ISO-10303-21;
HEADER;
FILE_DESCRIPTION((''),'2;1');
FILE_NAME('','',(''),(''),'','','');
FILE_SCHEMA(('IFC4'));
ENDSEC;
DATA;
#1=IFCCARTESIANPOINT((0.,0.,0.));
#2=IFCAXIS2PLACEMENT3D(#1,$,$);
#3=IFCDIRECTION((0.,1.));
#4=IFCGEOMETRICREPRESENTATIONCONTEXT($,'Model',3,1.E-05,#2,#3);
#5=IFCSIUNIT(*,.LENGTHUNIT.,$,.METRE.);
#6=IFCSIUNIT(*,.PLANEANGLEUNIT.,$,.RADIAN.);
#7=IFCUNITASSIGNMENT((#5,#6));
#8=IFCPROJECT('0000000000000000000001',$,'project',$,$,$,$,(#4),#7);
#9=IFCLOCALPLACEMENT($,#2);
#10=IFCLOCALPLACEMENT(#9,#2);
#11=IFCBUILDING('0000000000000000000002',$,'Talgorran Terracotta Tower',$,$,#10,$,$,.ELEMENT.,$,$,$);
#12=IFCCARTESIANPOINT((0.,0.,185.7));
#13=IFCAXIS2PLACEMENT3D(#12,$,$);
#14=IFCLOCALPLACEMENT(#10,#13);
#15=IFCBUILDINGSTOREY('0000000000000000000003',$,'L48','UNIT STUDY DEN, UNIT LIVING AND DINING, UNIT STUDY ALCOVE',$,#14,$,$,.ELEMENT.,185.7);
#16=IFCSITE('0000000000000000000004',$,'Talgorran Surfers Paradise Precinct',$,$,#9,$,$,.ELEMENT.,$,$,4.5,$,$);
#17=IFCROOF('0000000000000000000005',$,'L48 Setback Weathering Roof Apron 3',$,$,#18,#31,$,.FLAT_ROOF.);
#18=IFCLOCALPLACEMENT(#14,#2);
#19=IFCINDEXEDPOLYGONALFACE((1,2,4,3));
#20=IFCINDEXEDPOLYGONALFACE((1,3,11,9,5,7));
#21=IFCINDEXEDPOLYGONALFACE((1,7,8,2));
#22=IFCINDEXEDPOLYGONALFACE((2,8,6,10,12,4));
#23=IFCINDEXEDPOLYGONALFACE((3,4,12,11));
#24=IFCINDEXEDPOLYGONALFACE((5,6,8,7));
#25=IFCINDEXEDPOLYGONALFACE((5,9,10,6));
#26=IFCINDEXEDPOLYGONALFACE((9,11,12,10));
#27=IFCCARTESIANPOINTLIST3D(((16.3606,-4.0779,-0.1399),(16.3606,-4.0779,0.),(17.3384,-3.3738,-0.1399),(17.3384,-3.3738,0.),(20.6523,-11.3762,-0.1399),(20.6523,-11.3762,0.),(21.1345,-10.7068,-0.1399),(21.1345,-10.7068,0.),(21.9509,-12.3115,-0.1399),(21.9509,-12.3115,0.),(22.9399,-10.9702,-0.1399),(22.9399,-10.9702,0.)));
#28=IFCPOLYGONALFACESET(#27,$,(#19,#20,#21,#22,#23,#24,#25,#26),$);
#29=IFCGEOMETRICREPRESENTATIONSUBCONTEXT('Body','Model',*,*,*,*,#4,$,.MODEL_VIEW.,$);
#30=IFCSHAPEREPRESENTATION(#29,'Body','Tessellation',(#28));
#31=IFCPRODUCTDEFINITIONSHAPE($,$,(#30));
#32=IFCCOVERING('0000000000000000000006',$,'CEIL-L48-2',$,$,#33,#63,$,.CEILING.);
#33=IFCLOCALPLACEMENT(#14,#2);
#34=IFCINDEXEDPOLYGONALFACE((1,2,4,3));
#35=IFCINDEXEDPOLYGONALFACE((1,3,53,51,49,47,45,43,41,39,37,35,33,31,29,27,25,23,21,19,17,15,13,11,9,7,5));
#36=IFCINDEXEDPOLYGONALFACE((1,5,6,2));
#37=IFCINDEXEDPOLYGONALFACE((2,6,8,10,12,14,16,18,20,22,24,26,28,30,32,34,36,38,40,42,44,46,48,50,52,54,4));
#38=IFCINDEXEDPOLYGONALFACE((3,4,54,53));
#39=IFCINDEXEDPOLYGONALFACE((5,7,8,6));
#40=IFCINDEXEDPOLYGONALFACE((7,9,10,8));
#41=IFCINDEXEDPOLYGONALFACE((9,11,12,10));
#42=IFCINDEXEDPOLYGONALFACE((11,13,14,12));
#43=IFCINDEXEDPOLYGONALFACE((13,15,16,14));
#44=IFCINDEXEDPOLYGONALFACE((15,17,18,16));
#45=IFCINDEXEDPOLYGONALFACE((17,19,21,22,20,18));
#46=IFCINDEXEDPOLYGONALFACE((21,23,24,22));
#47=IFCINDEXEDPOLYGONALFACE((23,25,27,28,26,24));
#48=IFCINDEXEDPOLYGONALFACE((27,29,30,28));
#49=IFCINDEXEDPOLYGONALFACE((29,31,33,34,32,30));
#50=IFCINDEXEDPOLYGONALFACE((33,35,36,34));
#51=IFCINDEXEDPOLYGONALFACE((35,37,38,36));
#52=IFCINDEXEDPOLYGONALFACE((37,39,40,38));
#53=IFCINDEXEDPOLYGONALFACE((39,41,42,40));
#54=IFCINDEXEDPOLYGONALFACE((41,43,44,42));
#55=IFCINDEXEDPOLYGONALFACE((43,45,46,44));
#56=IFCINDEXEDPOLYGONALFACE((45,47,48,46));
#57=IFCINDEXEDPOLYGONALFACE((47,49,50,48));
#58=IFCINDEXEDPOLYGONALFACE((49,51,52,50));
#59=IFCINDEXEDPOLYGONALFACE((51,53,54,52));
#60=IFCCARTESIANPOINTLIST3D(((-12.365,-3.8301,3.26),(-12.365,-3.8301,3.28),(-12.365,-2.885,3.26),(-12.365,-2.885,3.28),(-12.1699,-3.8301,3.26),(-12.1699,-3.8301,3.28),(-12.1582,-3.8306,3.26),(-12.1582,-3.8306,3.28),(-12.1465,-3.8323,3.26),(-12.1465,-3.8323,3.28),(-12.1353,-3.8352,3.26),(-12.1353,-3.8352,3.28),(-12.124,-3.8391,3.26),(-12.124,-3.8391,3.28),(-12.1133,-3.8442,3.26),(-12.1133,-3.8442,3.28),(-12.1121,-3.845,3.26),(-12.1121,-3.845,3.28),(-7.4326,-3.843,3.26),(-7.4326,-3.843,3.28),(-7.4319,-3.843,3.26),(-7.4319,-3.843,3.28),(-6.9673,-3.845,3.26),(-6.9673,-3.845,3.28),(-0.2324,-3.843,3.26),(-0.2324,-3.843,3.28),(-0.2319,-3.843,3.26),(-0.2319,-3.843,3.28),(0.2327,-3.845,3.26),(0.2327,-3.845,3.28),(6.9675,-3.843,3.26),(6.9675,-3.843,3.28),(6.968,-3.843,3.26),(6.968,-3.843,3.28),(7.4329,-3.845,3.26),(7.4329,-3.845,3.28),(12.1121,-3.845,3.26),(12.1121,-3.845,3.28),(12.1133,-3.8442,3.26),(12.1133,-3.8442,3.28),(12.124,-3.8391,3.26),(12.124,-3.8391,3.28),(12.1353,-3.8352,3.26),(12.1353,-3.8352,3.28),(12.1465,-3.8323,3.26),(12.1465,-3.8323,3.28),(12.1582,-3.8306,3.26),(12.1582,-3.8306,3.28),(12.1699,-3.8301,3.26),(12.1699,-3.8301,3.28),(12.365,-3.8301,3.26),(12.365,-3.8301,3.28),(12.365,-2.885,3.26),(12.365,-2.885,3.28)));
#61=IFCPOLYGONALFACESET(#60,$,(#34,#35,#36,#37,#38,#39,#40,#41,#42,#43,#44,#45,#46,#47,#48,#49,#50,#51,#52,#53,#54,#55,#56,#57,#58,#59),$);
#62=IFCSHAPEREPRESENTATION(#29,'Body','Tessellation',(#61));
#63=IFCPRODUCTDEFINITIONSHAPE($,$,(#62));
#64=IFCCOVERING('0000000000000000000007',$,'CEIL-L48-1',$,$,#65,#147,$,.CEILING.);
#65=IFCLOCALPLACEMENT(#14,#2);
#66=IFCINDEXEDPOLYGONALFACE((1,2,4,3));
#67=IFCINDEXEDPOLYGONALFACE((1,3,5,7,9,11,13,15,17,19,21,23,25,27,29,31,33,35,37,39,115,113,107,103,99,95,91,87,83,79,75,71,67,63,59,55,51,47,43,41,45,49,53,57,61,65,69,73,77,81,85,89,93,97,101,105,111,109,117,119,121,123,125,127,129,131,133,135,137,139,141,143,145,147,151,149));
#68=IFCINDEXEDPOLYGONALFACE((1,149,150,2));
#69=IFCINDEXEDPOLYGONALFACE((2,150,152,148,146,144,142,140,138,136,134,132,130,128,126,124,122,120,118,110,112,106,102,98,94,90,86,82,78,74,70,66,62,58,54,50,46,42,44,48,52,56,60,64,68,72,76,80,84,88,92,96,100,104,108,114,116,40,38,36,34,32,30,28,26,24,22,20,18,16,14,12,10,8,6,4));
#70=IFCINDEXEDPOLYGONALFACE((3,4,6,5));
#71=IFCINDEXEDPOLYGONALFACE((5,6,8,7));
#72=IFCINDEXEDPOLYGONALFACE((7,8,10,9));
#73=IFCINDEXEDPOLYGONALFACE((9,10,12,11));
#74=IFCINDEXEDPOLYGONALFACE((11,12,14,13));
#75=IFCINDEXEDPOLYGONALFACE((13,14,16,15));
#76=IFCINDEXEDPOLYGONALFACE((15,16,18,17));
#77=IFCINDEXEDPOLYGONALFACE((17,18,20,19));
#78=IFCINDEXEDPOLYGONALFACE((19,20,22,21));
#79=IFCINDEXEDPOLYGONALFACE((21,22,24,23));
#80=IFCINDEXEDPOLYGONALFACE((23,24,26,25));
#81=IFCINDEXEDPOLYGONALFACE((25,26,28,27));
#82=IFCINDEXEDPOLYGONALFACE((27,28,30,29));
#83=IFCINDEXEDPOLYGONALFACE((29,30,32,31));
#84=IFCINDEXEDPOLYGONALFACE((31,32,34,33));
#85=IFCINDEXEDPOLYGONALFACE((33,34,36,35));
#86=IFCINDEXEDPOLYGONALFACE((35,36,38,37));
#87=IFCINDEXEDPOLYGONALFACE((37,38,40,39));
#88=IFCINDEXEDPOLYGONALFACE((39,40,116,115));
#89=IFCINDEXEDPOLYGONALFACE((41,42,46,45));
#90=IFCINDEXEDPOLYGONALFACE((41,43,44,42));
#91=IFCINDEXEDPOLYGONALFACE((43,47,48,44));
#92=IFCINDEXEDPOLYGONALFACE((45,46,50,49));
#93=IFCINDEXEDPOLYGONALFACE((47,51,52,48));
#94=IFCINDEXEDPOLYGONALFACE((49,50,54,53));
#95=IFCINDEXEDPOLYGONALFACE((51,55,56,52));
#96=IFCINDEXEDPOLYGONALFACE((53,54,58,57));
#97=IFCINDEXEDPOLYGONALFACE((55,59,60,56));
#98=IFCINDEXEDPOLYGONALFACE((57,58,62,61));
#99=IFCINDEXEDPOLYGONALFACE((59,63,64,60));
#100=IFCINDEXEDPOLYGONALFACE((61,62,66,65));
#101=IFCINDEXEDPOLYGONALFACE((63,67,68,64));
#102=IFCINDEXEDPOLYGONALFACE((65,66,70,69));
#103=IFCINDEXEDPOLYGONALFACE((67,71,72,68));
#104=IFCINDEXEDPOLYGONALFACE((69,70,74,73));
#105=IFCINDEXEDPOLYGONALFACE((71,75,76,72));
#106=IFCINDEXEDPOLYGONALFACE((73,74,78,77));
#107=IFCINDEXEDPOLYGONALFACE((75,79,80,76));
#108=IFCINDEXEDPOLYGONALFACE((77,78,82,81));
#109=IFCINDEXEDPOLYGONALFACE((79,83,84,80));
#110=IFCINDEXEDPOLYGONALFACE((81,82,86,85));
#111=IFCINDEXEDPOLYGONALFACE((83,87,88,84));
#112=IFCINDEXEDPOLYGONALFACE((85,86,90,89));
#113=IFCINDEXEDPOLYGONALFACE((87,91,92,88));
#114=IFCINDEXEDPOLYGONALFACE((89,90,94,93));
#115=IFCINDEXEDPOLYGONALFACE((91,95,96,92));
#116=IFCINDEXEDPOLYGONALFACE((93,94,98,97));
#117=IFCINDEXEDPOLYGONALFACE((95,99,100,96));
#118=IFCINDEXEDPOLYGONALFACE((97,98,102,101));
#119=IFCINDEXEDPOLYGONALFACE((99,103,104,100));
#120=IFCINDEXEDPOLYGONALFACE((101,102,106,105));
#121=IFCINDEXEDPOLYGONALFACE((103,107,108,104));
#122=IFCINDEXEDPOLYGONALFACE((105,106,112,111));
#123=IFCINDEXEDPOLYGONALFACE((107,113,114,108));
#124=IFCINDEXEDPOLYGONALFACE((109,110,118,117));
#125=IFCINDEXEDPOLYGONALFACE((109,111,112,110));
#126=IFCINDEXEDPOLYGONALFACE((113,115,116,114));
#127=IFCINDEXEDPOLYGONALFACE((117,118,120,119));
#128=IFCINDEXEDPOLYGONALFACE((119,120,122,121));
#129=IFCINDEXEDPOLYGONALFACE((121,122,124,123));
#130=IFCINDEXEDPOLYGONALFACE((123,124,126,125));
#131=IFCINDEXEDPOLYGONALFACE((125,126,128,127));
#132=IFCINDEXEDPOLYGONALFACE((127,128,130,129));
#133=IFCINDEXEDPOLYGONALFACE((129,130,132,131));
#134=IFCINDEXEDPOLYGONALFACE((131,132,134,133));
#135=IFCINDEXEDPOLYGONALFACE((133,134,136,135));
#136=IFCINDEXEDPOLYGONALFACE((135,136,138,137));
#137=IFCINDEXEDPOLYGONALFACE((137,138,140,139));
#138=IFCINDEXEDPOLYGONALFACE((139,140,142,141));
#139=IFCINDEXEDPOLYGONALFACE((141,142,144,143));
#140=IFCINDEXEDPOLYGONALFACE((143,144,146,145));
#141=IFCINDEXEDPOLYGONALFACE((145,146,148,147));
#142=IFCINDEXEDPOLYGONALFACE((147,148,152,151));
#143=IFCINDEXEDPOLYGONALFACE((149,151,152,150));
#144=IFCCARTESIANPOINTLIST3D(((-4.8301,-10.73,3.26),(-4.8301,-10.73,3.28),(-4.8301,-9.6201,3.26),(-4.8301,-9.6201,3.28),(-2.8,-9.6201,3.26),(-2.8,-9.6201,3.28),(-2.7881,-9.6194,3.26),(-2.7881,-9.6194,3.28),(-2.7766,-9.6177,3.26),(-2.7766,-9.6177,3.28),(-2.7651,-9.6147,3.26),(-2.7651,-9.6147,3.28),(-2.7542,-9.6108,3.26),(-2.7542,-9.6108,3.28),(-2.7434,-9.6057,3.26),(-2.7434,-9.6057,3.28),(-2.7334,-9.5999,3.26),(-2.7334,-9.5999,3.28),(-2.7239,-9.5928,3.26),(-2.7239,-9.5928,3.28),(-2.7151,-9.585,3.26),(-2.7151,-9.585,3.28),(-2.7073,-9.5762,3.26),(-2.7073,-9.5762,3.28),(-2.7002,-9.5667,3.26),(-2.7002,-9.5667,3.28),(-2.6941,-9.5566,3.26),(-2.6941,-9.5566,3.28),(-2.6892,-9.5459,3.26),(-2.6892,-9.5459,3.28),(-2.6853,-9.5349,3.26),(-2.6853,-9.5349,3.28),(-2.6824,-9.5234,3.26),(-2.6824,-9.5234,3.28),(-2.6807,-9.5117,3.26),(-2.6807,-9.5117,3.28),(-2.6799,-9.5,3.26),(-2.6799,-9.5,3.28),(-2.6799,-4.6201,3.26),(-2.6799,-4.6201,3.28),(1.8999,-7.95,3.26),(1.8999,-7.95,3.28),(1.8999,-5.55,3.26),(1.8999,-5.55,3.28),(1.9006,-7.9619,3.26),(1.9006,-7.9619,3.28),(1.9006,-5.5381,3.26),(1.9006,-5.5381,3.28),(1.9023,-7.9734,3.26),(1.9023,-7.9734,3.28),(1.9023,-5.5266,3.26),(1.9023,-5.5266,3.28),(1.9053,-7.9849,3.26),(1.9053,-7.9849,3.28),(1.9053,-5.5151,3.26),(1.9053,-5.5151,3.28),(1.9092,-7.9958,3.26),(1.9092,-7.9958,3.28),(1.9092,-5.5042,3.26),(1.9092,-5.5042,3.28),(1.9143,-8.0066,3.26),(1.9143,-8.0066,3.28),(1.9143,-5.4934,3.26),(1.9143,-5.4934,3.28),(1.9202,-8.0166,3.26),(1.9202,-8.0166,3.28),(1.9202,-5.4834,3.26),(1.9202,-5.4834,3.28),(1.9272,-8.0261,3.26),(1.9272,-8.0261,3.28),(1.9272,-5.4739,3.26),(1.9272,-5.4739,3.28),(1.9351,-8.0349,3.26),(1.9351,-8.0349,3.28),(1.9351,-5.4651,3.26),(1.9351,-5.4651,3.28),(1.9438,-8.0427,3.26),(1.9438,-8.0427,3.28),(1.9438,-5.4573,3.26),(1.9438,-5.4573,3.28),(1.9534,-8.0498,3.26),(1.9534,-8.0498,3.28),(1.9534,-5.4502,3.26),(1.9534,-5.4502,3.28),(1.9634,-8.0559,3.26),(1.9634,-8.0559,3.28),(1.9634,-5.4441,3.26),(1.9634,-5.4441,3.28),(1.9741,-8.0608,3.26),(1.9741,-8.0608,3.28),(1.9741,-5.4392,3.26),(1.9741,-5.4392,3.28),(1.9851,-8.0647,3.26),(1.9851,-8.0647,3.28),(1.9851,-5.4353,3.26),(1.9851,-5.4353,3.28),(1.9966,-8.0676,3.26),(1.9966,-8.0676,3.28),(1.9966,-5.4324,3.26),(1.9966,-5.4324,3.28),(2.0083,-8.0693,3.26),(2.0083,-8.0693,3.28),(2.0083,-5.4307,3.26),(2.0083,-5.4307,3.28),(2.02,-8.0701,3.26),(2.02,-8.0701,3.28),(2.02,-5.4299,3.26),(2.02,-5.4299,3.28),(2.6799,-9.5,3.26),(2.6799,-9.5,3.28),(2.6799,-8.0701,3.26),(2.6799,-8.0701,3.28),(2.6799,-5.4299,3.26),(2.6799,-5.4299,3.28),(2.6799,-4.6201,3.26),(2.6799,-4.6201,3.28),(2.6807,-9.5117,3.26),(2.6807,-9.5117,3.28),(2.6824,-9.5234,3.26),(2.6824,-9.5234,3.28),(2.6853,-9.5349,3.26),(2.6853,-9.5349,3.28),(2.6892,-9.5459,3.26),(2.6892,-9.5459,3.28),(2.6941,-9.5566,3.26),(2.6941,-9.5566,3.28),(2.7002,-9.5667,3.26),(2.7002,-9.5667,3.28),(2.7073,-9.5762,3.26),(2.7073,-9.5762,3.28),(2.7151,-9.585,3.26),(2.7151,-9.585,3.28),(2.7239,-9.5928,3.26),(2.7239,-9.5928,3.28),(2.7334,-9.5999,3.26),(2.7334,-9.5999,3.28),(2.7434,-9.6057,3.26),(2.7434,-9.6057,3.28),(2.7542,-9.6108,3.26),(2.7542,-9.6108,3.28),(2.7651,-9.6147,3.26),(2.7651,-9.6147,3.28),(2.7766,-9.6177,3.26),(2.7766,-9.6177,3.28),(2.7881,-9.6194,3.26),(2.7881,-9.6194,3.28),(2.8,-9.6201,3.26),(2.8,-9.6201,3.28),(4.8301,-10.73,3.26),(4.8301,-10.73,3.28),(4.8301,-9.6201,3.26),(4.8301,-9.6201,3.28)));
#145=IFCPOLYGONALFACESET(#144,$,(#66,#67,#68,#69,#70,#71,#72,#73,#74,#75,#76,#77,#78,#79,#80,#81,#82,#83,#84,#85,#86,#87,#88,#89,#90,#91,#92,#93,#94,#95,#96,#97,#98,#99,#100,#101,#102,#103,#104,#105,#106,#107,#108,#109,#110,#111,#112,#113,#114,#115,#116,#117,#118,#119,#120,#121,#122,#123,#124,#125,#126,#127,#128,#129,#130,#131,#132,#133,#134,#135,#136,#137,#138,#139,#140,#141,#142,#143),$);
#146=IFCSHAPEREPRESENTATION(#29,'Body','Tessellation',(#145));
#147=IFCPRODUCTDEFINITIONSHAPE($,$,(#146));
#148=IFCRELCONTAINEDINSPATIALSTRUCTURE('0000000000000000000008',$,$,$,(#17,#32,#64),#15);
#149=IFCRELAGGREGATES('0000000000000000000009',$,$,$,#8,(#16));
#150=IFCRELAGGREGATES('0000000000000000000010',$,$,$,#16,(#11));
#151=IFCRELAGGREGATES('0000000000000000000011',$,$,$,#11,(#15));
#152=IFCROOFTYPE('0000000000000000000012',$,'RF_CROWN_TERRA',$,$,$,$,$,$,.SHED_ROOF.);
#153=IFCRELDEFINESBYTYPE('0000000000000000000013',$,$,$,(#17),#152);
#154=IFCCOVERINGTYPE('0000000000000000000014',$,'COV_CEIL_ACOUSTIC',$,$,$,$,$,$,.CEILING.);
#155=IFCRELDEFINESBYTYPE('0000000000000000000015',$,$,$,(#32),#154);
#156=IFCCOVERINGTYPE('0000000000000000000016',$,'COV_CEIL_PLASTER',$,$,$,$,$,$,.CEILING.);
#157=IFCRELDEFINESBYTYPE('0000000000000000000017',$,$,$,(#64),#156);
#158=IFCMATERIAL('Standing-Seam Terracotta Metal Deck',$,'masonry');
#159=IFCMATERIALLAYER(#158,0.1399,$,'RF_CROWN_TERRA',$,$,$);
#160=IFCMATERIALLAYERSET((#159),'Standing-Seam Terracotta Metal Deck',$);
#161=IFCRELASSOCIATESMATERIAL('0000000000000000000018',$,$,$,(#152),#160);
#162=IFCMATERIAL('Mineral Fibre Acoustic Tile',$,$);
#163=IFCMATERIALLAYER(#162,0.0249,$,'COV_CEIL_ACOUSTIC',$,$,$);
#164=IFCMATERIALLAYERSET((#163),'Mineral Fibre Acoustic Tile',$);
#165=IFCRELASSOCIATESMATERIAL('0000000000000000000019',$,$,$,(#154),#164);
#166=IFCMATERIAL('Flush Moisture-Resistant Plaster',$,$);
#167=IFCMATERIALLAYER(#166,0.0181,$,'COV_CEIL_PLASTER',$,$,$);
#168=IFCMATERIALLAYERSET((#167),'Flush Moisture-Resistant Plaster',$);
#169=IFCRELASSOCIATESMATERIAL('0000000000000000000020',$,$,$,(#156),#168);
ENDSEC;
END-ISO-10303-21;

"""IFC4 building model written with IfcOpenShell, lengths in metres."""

from ifc_helpers import new_model, si_unit, direction, frame, origin, place, context, subcontext, project, spatial, polyline, outline, extrude, material, layer, layer_set, type_object, element, save


model = new_model("IFC4")

# Units and contexts
model_context = context("Model", 3, precision=1e-05, world=origin(), true_north=direction((0.0, 1.0)))
body_context = subcontext(model_context, "Body", "Model", "MODEL_VIEW")
ifc_project = project(units=[si_unit("LENGTHUNIT", "METRE"), si_unit("PLANEANGLEUNIT", "RADIAN")], contexts=[model_context])

# Site, building, storey
site_placement = place(None, origin())
site = spatial("IfcSite", under=ifc_project, at=site_placement, Name="Talgorran Surfers Paradise Precinct", CompositionType="ELEMENT", RefElevation=4.5)
building_placement = place(site_placement, origin())
building = spatial("IfcBuilding", under=site, at=building_placement, Name="Talgorran Terracotta Tower", CompositionType="ELEMENT")
storey_placement = place(building_placement, frame((0.0, 0.0, 185.7)))
storey = spatial("IfcBuildingStorey", under=building, at=storey_placement, Name="L48", Description="UNIT STUDY DEN, UNIT LIVING AND DINING, UNIT STUDY ALCOVE", CompositionType="ELEMENT", Elevation=185.7)

# Roof
ifc_material_1 = material(Name="Standing-Seam Terracotta Metal Deck", Category="masonry")
ifc_layer_1 = layer(ifc_material_1, 0.1399, Name="RF_CROWN_TERRA")
ifc_layer_set_1 = layer_set([ifc_layer_1], Name="Standing-Seam Terracotta Metal Deck")
roof_type = type_object("IfcRoofType", Name="RF_CROWN_TERRA", PredefinedType="SHED_ROOF", material=ifc_layer_set_1)
roof_1_placement = place(storey_placement, frame((0.0, 0.0, -0.1399)))
element("IfcRoof", 1, at=roof_1_placement, inside=storey, type_object=roof_type, Name="L48 Setback Weathering Roof Apron 3", PredefinedType="FLAT_ROOF", context=body_context, shape_type="SweptSolid", body=[
    extrude(outline(polyline([(21.1345, -10.7068), (16.3606, -4.0779), (17.3384, -3.3738), (22.9399, -10.9702), (21.9509, -12.3115), (20.6523, -11.3762), (21.1345, -10.7068)])), origin(), (0.0, 0.0, 1.0), 0.1399),
])

# Coverings
ifc_material_2 = material(Name="Mineral Fibre Acoustic Tile")
ifc_layer_2 = layer(ifc_material_2, 0.0249, Name="COV_CEIL_ACOUSTIC")
ifc_layer_set_2 = layer_set([ifc_layer_2], Name="Mineral Fibre Acoustic Tile")
covering_type_1 = type_object("IfcCoveringType", Name="COV_CEIL_ACOUSTIC", PredefinedType="CEILING", material=ifc_layer_set_2)
covering_1_placement = place(storey_placement, frame((0.0, 0.0, 3.26)))
element("IfcCovering", 2, at=covering_1_placement, inside=storey, type_object=covering_type_1, Name="CEIL-L48-2", PredefinedType="CEILING", context=body_context, shape_type="SweptSolid", body=[
    extrude(outline(polyline([(-12.365, -2.885), (12.365, -2.885), (12.365, -3.8301), (12.1699, -3.8301), (12.1582, -3.8306), (12.1465, -3.8323), (12.1353, -3.8352), (12.124, -3.8391), (12.1133, -3.8442), (12.1121, -3.845), (7.4329, -3.845), (6.968, -3.843), (6.9675, -3.843), (0.2327, -3.845), (-0.2319, -3.843), (-0.2324, -3.843), (-6.9673, -3.845), (-7.4319, -3.843), (-7.4326, -3.843), (-12.1121, -3.845), (-12.1133, -3.8442), (-12.124, -3.8391), (-12.1353, -3.8352), (-12.1465, -3.8323), (-12.1582, -3.8306), (-12.1699, -3.8301), (-12.365, -3.8301), (-12.365, -2.885)])), origin(), (0.0, 0.0, 1.0), 0.02),
])
ifc_material_3 = material(Name="Flush Moisture-Resistant Plaster")
ifc_layer_3 = layer(ifc_material_3, 0.0181, Name="COV_CEIL_PLASTER")
ifc_layer_set_3 = layer_set([ifc_layer_3], Name="Flush Moisture-Resistant Plaster")
covering_type_2 = type_object("IfcCoveringType", Name="COV_CEIL_PLASTER", PredefinedType="CEILING", material=ifc_layer_set_3)
covering_2_placement = place(storey_placement, frame((0.0, 0.0, 3.26)))
element("IfcCovering", 3, at=covering_2_placement, inside=storey, type_object=covering_type_2, Name="CEIL-L48-1", PredefinedType="CEILING", context=body_context, shape_type="SweptSolid", body=[
    extrude(outline(polyline([(4.8301, -9.6201), (4.8301, -10.73), (-4.8301, -10.73), (-4.8301, -9.6201), (-2.8, -9.6201), (-2.7881, -9.6194), (-2.7766, -9.6177), (-2.7651, -9.6147), (-2.7542, -9.6108), (-2.7434, -9.6057), (-2.7334, -9.5999), (-2.7239, -9.5928), (-2.7151, -9.585), (-2.7073, -9.5762), (-2.7002, -9.5667), (-2.6941, -9.5566), (-2.6892, -9.5459), (-2.6853, -9.5349), (-2.6824, -9.5234), (-2.6807, -9.5117), (-2.6799, -9.5), (-2.6799, -4.6201), (2.6799, -4.6201), (2.6799, -5.4299), (2.02, -5.4299), (2.0083, -5.4307), (1.9966, -5.4324), (1.9851, -5.4353), (1.9741, -5.4392), (1.9634, -5.4441), (1.9534, -5.4502), (1.9438, -5.4573), (1.9351, -5.4651), (1.9272, -5.4739), (1.9202, -5.4834), (1.9143, -5.4934), (1.9092, -5.5042), (1.9053, -5.5151), (1.9023, -5.5266), (1.9006, -5.5381), (1.8999, -5.55), (1.8999, -7.95), (1.9006, -7.9619), (1.9023, -7.9734), (1.9053, -7.9849), (1.9092, -7.9958), (1.9143, -8.0066), (1.9202, -8.0166), (1.9272, -8.0261), (1.9351, -8.0349), (1.9438, -8.0427), (1.9534, -8.0498), (1.9634, -8.0559), (1.9741, -8.0608), (1.9851, -8.0647), (1.9966, -8.0676), (2.0083, -8.0693), (2.02, -8.0701), (2.6799, -8.0701), (2.6799, -9.5), (2.6807, -9.5117), (2.6824, -9.5234), (2.6853, -9.5349), (2.6892, -9.5459), (2.6941, -9.5566), (2.7002, -9.5667), (2.7073, -9.5762), (2.7151, -9.585), (2.7239, -9.5928), (2.7334, -9.5999), (2.7434, -9.6057), (2.7542, -9.6108), (2.7651, -9.6147), (2.7766, -9.6177), (2.7881, -9.6194), (2.8, -9.6201), (4.8301, -9.6201)])), origin(), (0.0, 0.0, 1.0), 0.02),
])

save(model, "model.ifc")
